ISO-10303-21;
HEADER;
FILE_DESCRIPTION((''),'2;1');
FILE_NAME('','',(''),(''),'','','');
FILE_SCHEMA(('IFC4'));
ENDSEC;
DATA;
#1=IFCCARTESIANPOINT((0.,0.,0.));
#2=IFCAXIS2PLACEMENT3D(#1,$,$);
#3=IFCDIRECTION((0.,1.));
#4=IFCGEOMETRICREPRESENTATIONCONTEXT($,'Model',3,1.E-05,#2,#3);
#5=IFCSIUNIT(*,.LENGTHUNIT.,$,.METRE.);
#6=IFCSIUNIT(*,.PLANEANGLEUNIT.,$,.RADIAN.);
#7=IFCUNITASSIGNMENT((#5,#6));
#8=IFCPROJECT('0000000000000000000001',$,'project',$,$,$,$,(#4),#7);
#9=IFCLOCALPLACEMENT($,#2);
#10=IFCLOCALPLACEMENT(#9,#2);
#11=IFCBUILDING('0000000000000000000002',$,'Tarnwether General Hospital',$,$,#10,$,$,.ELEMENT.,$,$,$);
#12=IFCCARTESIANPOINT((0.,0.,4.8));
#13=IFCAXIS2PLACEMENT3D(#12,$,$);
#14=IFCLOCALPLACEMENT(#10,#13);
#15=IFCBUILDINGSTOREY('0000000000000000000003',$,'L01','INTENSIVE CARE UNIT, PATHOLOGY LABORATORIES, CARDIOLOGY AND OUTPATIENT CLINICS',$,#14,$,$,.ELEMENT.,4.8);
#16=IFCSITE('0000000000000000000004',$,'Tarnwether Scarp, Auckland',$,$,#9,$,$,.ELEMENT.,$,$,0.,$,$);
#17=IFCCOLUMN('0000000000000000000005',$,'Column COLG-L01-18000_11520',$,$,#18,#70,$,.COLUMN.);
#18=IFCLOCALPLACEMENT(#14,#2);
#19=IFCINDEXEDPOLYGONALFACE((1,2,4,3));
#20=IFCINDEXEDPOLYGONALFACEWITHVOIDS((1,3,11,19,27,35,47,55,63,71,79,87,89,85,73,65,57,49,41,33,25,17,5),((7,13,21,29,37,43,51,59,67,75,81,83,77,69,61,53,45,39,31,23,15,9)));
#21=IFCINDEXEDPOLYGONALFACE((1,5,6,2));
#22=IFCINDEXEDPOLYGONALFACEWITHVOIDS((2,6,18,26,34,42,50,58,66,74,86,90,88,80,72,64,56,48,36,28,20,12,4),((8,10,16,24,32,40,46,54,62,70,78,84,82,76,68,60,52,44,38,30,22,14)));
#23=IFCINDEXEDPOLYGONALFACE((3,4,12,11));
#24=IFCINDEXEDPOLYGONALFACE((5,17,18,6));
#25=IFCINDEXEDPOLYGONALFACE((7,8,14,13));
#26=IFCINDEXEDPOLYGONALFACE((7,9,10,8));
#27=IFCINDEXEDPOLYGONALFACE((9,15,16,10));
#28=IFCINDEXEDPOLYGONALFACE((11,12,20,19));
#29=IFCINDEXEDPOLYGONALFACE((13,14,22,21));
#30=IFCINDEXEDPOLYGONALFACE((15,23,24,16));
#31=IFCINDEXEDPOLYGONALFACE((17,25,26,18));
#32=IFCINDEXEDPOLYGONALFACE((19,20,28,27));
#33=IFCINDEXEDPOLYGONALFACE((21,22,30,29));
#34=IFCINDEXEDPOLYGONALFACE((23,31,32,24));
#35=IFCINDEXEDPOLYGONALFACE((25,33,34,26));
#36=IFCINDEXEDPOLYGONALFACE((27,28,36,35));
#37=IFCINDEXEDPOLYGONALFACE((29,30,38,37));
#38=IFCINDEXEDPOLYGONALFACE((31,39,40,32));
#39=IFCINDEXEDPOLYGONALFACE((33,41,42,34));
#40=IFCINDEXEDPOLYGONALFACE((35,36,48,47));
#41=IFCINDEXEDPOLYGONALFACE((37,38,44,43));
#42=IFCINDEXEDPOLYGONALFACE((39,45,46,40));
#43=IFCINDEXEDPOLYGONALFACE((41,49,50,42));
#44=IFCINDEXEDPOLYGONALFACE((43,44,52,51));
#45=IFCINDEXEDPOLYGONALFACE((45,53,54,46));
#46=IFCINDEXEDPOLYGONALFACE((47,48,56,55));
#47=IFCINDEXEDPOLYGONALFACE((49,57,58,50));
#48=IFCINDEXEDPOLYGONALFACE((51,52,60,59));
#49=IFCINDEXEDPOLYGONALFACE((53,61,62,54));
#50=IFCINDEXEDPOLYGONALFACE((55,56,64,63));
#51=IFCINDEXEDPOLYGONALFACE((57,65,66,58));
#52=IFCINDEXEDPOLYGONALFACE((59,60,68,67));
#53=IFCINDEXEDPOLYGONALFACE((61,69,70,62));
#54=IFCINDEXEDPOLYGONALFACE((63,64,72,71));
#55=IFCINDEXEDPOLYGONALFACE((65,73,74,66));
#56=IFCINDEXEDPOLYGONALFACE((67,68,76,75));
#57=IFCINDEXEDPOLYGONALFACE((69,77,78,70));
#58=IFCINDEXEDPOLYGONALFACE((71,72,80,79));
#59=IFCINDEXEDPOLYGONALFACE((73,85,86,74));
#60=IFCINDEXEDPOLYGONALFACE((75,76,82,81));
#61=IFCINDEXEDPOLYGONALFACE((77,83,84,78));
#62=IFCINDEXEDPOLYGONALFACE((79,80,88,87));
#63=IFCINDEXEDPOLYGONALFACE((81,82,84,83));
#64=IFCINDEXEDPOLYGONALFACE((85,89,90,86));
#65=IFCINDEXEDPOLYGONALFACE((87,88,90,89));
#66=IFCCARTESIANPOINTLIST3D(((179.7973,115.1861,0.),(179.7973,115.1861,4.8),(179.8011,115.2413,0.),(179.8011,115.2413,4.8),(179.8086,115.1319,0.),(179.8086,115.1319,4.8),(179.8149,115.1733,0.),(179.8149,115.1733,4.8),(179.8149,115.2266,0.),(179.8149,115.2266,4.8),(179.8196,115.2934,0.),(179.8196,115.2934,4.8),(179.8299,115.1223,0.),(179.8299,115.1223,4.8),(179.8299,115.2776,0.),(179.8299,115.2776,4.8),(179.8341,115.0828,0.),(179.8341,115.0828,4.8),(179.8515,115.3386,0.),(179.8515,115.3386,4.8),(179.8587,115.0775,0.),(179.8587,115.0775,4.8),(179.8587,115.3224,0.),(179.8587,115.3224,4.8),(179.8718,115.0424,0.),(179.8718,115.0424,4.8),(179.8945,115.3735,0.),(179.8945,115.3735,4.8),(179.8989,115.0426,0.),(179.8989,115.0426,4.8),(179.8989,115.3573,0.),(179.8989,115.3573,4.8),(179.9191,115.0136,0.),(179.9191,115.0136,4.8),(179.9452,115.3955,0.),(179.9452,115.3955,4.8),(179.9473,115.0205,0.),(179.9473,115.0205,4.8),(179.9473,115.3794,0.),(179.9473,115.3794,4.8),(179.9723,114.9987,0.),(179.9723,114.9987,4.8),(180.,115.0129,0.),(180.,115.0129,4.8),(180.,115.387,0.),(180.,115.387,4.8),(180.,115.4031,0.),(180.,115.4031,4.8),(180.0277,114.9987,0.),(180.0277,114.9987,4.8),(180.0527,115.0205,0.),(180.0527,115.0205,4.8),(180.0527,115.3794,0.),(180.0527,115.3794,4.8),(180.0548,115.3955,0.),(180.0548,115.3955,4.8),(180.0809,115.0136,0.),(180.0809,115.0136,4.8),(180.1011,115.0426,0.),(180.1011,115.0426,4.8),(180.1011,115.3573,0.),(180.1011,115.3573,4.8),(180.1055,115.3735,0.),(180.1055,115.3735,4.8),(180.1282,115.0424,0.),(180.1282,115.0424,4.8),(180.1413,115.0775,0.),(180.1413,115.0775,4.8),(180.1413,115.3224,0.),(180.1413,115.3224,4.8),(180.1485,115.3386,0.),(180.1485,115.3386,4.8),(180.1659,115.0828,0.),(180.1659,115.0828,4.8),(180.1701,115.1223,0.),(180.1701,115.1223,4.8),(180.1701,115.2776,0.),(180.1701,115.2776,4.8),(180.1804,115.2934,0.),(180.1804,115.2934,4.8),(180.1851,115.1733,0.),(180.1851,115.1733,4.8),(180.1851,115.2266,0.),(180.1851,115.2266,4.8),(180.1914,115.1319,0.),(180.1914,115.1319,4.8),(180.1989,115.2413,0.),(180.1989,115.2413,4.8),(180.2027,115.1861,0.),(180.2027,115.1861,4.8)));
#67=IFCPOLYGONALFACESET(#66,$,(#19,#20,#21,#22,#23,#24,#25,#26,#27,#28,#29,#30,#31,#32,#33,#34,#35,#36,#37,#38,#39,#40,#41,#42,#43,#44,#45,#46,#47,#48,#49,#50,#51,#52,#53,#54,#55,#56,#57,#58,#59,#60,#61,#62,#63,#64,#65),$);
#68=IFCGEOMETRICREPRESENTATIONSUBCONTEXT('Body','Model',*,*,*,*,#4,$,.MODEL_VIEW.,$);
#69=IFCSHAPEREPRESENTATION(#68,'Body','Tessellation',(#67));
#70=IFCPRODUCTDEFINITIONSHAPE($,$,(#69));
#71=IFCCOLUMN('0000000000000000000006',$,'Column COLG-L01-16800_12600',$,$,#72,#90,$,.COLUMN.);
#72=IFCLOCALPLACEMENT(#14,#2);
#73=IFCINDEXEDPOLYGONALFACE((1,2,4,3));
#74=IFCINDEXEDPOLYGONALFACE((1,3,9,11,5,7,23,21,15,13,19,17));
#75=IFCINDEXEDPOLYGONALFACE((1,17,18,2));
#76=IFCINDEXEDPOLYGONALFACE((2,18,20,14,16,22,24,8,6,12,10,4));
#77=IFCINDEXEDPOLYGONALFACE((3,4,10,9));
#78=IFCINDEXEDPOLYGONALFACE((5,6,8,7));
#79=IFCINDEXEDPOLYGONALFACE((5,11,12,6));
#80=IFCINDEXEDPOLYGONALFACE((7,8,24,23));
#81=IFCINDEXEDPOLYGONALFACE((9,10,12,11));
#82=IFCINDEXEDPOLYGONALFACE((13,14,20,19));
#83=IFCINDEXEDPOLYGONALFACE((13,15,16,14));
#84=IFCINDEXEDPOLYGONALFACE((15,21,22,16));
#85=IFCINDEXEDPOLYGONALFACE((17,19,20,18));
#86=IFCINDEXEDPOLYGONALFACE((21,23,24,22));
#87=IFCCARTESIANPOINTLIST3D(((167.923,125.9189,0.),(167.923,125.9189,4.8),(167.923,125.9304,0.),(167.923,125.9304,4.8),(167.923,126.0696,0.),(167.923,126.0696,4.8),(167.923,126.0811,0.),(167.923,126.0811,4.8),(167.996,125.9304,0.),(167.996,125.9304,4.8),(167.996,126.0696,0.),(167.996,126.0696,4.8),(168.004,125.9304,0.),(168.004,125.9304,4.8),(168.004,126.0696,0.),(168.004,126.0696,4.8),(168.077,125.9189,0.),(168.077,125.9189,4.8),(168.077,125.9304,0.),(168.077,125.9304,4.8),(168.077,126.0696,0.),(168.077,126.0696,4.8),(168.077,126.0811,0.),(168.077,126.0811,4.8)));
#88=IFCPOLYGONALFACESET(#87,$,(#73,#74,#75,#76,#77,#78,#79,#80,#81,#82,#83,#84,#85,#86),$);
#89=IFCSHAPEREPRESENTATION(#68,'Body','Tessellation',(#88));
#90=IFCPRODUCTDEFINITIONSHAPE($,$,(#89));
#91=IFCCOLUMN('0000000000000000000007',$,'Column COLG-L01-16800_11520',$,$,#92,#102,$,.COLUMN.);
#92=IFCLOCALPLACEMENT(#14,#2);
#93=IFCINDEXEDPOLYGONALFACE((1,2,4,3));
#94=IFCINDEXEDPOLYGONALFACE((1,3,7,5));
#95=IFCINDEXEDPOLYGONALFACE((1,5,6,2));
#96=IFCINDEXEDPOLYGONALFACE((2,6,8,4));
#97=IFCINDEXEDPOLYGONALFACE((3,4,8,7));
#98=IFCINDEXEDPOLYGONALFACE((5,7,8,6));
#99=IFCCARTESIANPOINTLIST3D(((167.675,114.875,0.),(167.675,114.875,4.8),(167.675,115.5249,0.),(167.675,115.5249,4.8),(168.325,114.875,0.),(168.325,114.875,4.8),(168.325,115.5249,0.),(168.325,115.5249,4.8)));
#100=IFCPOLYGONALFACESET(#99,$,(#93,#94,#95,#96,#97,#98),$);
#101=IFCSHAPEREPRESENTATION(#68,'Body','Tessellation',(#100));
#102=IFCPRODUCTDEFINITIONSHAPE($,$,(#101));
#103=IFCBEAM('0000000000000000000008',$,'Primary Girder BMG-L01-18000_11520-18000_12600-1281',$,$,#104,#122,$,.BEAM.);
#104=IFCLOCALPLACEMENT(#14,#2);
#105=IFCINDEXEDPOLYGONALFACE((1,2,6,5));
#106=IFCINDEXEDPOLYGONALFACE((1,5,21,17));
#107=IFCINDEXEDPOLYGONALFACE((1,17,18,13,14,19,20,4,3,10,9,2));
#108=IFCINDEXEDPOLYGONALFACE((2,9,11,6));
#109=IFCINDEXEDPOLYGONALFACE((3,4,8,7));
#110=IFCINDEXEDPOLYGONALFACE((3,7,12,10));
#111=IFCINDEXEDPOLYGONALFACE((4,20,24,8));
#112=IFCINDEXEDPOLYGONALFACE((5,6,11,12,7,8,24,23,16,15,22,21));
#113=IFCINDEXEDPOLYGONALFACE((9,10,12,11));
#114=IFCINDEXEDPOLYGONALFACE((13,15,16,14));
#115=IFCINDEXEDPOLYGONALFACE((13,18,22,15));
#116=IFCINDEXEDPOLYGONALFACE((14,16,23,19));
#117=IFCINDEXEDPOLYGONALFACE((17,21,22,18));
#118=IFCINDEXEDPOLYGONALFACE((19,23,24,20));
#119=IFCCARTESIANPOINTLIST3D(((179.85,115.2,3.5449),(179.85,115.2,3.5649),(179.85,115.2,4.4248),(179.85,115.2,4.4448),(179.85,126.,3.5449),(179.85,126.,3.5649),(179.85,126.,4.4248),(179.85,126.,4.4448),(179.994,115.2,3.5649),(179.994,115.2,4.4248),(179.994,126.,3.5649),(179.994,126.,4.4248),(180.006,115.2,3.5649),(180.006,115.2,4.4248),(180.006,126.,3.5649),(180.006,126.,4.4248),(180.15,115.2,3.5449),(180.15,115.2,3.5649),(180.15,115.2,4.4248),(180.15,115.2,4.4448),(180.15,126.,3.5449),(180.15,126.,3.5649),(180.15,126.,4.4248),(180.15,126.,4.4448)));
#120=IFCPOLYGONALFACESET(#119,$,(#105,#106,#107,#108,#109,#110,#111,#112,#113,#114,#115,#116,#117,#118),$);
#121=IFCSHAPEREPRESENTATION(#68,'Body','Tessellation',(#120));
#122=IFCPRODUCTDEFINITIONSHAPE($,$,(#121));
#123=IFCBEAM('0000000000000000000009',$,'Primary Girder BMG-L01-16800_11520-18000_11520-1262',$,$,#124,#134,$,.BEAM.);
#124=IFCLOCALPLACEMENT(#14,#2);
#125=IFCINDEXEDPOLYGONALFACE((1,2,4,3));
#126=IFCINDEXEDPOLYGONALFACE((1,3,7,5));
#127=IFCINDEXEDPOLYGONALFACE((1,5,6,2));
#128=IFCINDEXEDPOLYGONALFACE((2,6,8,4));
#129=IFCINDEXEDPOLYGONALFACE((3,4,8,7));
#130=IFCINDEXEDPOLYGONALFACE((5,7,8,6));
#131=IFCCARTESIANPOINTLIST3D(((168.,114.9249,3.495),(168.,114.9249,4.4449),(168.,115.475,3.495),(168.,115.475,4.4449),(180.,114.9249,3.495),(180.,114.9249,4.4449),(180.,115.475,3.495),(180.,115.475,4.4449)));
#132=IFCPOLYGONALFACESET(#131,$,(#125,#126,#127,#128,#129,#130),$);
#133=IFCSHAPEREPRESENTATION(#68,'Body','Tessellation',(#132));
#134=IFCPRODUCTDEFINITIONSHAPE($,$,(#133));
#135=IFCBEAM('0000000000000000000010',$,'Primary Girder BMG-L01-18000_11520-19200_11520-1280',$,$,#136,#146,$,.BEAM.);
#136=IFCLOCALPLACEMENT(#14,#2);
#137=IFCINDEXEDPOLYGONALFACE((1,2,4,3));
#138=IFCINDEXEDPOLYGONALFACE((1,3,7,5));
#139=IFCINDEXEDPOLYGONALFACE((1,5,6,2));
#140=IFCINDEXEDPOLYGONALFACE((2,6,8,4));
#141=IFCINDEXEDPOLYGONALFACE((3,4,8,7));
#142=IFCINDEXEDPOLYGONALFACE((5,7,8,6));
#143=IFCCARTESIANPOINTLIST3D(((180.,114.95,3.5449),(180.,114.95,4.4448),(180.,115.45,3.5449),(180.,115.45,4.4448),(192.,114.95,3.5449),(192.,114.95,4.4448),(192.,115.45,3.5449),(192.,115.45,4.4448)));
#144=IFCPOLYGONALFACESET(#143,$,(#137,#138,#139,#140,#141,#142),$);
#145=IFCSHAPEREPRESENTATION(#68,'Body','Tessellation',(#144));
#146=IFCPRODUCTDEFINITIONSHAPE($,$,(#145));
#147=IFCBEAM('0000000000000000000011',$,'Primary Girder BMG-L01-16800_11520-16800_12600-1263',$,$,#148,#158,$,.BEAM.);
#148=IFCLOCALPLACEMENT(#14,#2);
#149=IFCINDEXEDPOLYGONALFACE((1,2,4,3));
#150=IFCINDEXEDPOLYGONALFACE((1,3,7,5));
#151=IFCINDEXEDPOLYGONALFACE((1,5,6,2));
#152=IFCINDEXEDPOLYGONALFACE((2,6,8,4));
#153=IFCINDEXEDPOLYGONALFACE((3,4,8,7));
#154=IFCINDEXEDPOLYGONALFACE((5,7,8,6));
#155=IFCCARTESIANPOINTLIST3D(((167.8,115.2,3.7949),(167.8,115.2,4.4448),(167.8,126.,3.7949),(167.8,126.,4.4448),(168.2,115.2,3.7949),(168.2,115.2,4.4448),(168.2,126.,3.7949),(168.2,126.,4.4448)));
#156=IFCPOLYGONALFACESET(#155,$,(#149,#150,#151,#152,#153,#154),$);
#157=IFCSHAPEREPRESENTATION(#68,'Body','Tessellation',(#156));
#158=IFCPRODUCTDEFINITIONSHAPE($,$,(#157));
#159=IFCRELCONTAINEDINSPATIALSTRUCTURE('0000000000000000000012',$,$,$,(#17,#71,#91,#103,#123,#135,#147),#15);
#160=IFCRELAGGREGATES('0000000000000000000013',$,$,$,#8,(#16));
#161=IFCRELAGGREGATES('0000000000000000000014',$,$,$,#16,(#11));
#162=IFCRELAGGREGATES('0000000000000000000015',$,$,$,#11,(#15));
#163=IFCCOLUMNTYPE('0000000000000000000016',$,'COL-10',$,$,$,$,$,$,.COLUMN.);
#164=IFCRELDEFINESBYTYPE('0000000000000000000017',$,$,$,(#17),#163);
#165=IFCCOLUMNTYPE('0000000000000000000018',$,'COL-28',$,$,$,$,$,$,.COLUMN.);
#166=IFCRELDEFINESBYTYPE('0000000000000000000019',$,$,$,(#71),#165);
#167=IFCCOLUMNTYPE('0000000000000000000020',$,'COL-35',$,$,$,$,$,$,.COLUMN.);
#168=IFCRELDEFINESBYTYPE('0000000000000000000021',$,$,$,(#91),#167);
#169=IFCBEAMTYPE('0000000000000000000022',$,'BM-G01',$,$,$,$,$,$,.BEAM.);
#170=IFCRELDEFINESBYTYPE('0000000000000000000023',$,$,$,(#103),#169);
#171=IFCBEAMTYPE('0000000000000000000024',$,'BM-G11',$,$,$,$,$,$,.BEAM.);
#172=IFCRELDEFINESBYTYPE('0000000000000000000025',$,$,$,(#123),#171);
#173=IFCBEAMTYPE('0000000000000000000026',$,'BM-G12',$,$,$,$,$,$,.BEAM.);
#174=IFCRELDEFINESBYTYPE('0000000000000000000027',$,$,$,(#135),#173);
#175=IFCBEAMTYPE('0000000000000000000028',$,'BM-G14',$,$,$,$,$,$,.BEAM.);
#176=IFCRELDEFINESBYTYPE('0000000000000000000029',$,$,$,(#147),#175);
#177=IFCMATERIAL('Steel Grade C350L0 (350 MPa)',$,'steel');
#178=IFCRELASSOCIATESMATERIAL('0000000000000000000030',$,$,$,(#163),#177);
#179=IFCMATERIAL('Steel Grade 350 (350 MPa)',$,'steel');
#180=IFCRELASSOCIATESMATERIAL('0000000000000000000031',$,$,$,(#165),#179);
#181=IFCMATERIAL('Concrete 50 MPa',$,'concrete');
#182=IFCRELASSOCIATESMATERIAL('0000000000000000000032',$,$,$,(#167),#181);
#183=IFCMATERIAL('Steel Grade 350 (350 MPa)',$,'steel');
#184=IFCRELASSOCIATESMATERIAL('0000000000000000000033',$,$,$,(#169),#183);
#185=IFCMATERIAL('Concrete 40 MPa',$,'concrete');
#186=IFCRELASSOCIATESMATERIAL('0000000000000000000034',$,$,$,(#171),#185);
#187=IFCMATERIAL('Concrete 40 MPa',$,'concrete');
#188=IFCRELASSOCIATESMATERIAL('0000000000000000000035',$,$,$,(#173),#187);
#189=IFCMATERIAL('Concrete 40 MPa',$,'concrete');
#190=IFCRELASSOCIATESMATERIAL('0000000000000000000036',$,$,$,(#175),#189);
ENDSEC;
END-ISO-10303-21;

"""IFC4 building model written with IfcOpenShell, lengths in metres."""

from ifc_helpers import new_model, si_unit, direction, frame, origin, origin_2d, place, context, subcontext, project, spatial, rectangle, hollow_circle, i_section, extrude, material, material_profile, profile_set, type_object, element, save


model = new_model("IFC4")

# Units and contexts
model_context = context("Model", 3, precision=1e-05, world=origin(), true_north=direction((0.0, 1.0)))
body_context = subcontext(model_context, "Body", "Model", "MODEL_VIEW")
ifc_project = project(units=[si_unit("LENGTHUNIT", "METRE"), si_unit("PLANEANGLEUNIT", "RADIAN")], contexts=[model_context])

# Site, building, storey
site_placement = place(None, origin())
site = spatial("IfcSite", under=ifc_project, at=site_placement, Name="Tarnwether Scarp, Auckland", CompositionType="ELEMENT", RefElevation=0.0)
building_placement = place(site_placement, origin())
building = spatial("IfcBuilding", under=site, at=building_placement, Name="Tarnwether General Hospital", CompositionType="ELEMENT")
storey_placement = place(building_placement, frame((0.0, 0.0, 4.8)))
storey = spatial("IfcBuildingStorey", under=building, at=storey_placement, Name="L01", Description="INTENSIVE CARE UNIT, PATHOLOGY LABORATORIES, CARDIOLOGY AND OUTPATIENT CLINICS", CompositionType="ELEMENT", Elevation=4.8)

# Columns
ifc_material_1 = material(Name="Steel Grade C350L0 (350 MPa)", Category="steel")
ifc_material_profile_1 = material_profile(ifc_material_1, hollow_circle(Radius=0.2031, WallThickness=0.0161, at=origin_2d()), Name="CHS406.4x16.0")
ifc_profile_set_1 = profile_set([ifc_material_profile_1], Name="Steel Grade C350L0 (350 MPa)")
column_type_1 = type_object("IfcColumnType", Name="COL-10", PredefinedType="COLUMN", material=ifc_profile_set_1)
column_1_placement = place(storey_placement, frame((180.0, 115.2, 0.0), z_axis=(0.0, 0.0, 1.0), x_axis=(0.0, 1.0, 0.0)))
element("IfcColumn", 1, at=column_1_placement, inside=storey, type_object=column_type_1, Name="Column COLG-L01-18000_11520", PredefinedType="COLUMN", context=body_context, shape_type="SweptSolid", body=[
    extrude(hollow_circle(Radius=0.2031, WallThickness=0.0161, at=origin_2d()), origin(), (0.0, 0.0, 1.0), 4.8),
])
ifc_material_2 = material(Name="Steel Grade 350 (350 MPa)", Category="steel")
ifc_material_profile_2 = material_profile(ifc_material_2, i_section(OverallWidth=0.1541, OverallDepth=0.1621, WebThickness=0.0081, FlangeThickness=0.0115, at=origin_2d()), Name="150UC37.2")
ifc_profile_set_2 = profile_set([ifc_material_profile_2], Name="Steel Grade 350 (350 MPa)")
column_type_2 = type_object("IfcColumnType", Name="COL-28", PredefinedType="COLUMN", material=ifc_profile_set_2)
column_2_placement = place(storey_placement, frame((168.0, 126.0, 0.0), z_axis=(0.0, 0.0, 1.0), x_axis=(1.0, 0.0, 0.0)))
element("IfcColumn", 2, at=column_2_placement, inside=storey, type_object=column_type_2, Name="Column COLG-L01-16800_12600", PredefinedType="COLUMN", context=body_context, shape_type="SweptSolid", body=[
    extrude(i_section(OverallWidth=0.1541, OverallDepth=0.1621, WebThickness=0.0081, FlangeThickness=0.0115, at=origin_2d()), origin(), (0.0, 0.0, 1.0), 4.8),
])
ifc_material_3 = material(Name="Concrete 50 MPa", Category="concrete")
ifc_material_profile_3 = material_profile(ifc_material_3, rectangle(XDim=0.6499, YDim=0.6499, at=origin_2d()), Name="RC-COL-650x650")
ifc_profile_set_3 = profile_set([ifc_material_profile_3], Name="Concrete 50 MPa")
column_type_3 = type_object("IfcColumnType", Name="COL-35", PredefinedType="COLUMN", material=ifc_profile_set_3)
column_3_placement = place(storey_placement, frame((168.0, 115.2, 0.0), z_axis=(0.0, 0.0, 1.0), x_axis=(1.0, 0.0, 0.0)))
element("IfcColumn", 3, at=column_3_placement, inside=storey, type_object=column_type_3, Name="Column COLG-L01-16800_11520", PredefinedType="COLUMN", context=body_context, shape_type="SweptSolid", body=[
    extrude(rectangle(XDim=0.6499, YDim=0.6499, at=origin_2d()), origin(), (0.0, 0.0, 1.0), 4.8),
])

# Beams
ifc_material_4 = material(Name="Steel Grade 350 (350 MPa)", Category="steel")
ifc_material_profile_4 = material_profile(ifc_material_4, i_section(OverallWidth=0.3, OverallDepth=0.8999, WebThickness=0.012, FlangeThickness=0.02, at=origin_2d()), Name="900WB175")
ifc_profile_set_4 = profile_set([ifc_material_profile_4], Name="Steel Grade 350 (350 MPa)")
beam_type_1 = type_object("IfcBeamType", Name="BM-G01", PredefinedType="BEAM", material=ifc_profile_set_4)
beam_1_placement = place(storey_placement, frame((180.0, 115.2, 3.9949), z_axis=(0.0, 1.0, 0.0), x_axis=(-1.0, 0.0, 0.0)))
element("IfcBeam", 4, at=beam_1_placement, inside=storey, type_object=beam_type_1, Name="Primary Girder BMG-L01-18000_11520-18000_12600-1281", PredefinedType="BEAM", context=body_context, shape_type="SweptSolid", body=[
    extrude(i_section(OverallWidth=0.3, OverallDepth=0.8999, WebThickness=0.012, FlangeThickness=0.02, at=origin_2d()), origin(), (0.0, 0.0, 1.0), 10.8),
])
ifc_material_5 = material(Name="Concrete 40 MPa", Category="concrete")
ifc_material_profile_5 = material_profile(ifc_material_5, rectangle(XDim=0.55, YDim=0.95, at=origin_2d()), Name="RC-BM-550x950")
ifc_profile_set_5 = profile_set([ifc_material_profile_5], Name="Concrete 40 MPa")
beam_type_2 = type_object("IfcBeamType", Name="BM-G11", PredefinedType="BEAM", material=ifc_profile_set_5)
beam_2_placement = place(storey_placement, frame((168.0, 115.2, 3.97), z_axis=(1.0, 0.0, 0.0), x_axis=(0.0, 1.0, 0.0)))
element("IfcBeam", 5, at=beam_2_placement, inside=storey, type_object=beam_type_2, Name="Primary Girder BMG-L01-16800_11520-18000_11520-1262", PredefinedType="BEAM", context=body_context, shape_type="SweptSolid", body=[
    extrude(rectangle(XDim=0.55, YDim=0.95, at=origin_2d()), origin(), (0.0, 0.0, 1.0), 12.0),
])
ifc_material_6 = material(Name="Concrete 40 MPa", Category="concrete")
ifc_material_profile_6 = material_profile(ifc_material_6, rectangle(XDim=0.5, YDim=0.8999, at=origin_2d()), Name="RC-BM-500x900")
ifc_profile_set_6 = profile_set([ifc_material_profile_6], Name="Concrete 40 MPa")
beam_type_3 = type_object("IfcBeamType", Name="BM-G12", PredefinedType="BEAM", material=ifc_profile_set_6)
beam_3_placement = place(storey_placement, frame((180.0, 115.2, 3.9949), z_axis=(1.0, 0.0, 0.0), x_axis=(0.0, 1.0, 0.0)))
element("IfcBeam", 6, at=beam_3_placement, inside=storey, type_object=beam_type_3, Name="Primary Girder BMG-L01-18000_11520-19200_11520-1280", PredefinedType="BEAM", context=body_context, shape_type="SweptSolid", body=[
    extrude(rectangle(XDim=0.5, YDim=0.8999, at=origin_2d()), origin(), (0.0, 0.0, 1.0), 12.0),
])
ifc_material_7 = material(Name="Concrete 40 MPa", Category="concrete")
ifc_material_profile_7 = material_profile(ifc_material_7, rectangle(XDim=0.3999, YDim=0.6499, at=origin_2d()), Name="RC-BM-400x650")
ifc_profile_set_7 = profile_set([ifc_material_profile_7], Name="Concrete 40 MPa")
beam_type_4 = type_object("IfcBeamType", Name="BM-G14", PredefinedType="BEAM", material=ifc_profile_set_7)
beam_4_placement = place(storey_placement, frame((168.0, 115.2, 4.1199), z_axis=(0.0, 1.0, 0.0), x_axis=(-1.0, 0.0, 0.0)))
element("IfcBeam", 7, at=beam_4_placement, inside=storey, type_object=beam_type_4, Name="Primary Girder BMG-L01-16800_11520-16800_12600-1263", PredefinedType="BEAM", context=body_context, shape_type="SweptSolid", body=[
    extrude(rectangle(XDim=0.3999, YDim=0.6499, at=origin_2d()), origin(), (0.0, 0.0, 1.0), 10.8),
])

save(model, "model.ifc")
